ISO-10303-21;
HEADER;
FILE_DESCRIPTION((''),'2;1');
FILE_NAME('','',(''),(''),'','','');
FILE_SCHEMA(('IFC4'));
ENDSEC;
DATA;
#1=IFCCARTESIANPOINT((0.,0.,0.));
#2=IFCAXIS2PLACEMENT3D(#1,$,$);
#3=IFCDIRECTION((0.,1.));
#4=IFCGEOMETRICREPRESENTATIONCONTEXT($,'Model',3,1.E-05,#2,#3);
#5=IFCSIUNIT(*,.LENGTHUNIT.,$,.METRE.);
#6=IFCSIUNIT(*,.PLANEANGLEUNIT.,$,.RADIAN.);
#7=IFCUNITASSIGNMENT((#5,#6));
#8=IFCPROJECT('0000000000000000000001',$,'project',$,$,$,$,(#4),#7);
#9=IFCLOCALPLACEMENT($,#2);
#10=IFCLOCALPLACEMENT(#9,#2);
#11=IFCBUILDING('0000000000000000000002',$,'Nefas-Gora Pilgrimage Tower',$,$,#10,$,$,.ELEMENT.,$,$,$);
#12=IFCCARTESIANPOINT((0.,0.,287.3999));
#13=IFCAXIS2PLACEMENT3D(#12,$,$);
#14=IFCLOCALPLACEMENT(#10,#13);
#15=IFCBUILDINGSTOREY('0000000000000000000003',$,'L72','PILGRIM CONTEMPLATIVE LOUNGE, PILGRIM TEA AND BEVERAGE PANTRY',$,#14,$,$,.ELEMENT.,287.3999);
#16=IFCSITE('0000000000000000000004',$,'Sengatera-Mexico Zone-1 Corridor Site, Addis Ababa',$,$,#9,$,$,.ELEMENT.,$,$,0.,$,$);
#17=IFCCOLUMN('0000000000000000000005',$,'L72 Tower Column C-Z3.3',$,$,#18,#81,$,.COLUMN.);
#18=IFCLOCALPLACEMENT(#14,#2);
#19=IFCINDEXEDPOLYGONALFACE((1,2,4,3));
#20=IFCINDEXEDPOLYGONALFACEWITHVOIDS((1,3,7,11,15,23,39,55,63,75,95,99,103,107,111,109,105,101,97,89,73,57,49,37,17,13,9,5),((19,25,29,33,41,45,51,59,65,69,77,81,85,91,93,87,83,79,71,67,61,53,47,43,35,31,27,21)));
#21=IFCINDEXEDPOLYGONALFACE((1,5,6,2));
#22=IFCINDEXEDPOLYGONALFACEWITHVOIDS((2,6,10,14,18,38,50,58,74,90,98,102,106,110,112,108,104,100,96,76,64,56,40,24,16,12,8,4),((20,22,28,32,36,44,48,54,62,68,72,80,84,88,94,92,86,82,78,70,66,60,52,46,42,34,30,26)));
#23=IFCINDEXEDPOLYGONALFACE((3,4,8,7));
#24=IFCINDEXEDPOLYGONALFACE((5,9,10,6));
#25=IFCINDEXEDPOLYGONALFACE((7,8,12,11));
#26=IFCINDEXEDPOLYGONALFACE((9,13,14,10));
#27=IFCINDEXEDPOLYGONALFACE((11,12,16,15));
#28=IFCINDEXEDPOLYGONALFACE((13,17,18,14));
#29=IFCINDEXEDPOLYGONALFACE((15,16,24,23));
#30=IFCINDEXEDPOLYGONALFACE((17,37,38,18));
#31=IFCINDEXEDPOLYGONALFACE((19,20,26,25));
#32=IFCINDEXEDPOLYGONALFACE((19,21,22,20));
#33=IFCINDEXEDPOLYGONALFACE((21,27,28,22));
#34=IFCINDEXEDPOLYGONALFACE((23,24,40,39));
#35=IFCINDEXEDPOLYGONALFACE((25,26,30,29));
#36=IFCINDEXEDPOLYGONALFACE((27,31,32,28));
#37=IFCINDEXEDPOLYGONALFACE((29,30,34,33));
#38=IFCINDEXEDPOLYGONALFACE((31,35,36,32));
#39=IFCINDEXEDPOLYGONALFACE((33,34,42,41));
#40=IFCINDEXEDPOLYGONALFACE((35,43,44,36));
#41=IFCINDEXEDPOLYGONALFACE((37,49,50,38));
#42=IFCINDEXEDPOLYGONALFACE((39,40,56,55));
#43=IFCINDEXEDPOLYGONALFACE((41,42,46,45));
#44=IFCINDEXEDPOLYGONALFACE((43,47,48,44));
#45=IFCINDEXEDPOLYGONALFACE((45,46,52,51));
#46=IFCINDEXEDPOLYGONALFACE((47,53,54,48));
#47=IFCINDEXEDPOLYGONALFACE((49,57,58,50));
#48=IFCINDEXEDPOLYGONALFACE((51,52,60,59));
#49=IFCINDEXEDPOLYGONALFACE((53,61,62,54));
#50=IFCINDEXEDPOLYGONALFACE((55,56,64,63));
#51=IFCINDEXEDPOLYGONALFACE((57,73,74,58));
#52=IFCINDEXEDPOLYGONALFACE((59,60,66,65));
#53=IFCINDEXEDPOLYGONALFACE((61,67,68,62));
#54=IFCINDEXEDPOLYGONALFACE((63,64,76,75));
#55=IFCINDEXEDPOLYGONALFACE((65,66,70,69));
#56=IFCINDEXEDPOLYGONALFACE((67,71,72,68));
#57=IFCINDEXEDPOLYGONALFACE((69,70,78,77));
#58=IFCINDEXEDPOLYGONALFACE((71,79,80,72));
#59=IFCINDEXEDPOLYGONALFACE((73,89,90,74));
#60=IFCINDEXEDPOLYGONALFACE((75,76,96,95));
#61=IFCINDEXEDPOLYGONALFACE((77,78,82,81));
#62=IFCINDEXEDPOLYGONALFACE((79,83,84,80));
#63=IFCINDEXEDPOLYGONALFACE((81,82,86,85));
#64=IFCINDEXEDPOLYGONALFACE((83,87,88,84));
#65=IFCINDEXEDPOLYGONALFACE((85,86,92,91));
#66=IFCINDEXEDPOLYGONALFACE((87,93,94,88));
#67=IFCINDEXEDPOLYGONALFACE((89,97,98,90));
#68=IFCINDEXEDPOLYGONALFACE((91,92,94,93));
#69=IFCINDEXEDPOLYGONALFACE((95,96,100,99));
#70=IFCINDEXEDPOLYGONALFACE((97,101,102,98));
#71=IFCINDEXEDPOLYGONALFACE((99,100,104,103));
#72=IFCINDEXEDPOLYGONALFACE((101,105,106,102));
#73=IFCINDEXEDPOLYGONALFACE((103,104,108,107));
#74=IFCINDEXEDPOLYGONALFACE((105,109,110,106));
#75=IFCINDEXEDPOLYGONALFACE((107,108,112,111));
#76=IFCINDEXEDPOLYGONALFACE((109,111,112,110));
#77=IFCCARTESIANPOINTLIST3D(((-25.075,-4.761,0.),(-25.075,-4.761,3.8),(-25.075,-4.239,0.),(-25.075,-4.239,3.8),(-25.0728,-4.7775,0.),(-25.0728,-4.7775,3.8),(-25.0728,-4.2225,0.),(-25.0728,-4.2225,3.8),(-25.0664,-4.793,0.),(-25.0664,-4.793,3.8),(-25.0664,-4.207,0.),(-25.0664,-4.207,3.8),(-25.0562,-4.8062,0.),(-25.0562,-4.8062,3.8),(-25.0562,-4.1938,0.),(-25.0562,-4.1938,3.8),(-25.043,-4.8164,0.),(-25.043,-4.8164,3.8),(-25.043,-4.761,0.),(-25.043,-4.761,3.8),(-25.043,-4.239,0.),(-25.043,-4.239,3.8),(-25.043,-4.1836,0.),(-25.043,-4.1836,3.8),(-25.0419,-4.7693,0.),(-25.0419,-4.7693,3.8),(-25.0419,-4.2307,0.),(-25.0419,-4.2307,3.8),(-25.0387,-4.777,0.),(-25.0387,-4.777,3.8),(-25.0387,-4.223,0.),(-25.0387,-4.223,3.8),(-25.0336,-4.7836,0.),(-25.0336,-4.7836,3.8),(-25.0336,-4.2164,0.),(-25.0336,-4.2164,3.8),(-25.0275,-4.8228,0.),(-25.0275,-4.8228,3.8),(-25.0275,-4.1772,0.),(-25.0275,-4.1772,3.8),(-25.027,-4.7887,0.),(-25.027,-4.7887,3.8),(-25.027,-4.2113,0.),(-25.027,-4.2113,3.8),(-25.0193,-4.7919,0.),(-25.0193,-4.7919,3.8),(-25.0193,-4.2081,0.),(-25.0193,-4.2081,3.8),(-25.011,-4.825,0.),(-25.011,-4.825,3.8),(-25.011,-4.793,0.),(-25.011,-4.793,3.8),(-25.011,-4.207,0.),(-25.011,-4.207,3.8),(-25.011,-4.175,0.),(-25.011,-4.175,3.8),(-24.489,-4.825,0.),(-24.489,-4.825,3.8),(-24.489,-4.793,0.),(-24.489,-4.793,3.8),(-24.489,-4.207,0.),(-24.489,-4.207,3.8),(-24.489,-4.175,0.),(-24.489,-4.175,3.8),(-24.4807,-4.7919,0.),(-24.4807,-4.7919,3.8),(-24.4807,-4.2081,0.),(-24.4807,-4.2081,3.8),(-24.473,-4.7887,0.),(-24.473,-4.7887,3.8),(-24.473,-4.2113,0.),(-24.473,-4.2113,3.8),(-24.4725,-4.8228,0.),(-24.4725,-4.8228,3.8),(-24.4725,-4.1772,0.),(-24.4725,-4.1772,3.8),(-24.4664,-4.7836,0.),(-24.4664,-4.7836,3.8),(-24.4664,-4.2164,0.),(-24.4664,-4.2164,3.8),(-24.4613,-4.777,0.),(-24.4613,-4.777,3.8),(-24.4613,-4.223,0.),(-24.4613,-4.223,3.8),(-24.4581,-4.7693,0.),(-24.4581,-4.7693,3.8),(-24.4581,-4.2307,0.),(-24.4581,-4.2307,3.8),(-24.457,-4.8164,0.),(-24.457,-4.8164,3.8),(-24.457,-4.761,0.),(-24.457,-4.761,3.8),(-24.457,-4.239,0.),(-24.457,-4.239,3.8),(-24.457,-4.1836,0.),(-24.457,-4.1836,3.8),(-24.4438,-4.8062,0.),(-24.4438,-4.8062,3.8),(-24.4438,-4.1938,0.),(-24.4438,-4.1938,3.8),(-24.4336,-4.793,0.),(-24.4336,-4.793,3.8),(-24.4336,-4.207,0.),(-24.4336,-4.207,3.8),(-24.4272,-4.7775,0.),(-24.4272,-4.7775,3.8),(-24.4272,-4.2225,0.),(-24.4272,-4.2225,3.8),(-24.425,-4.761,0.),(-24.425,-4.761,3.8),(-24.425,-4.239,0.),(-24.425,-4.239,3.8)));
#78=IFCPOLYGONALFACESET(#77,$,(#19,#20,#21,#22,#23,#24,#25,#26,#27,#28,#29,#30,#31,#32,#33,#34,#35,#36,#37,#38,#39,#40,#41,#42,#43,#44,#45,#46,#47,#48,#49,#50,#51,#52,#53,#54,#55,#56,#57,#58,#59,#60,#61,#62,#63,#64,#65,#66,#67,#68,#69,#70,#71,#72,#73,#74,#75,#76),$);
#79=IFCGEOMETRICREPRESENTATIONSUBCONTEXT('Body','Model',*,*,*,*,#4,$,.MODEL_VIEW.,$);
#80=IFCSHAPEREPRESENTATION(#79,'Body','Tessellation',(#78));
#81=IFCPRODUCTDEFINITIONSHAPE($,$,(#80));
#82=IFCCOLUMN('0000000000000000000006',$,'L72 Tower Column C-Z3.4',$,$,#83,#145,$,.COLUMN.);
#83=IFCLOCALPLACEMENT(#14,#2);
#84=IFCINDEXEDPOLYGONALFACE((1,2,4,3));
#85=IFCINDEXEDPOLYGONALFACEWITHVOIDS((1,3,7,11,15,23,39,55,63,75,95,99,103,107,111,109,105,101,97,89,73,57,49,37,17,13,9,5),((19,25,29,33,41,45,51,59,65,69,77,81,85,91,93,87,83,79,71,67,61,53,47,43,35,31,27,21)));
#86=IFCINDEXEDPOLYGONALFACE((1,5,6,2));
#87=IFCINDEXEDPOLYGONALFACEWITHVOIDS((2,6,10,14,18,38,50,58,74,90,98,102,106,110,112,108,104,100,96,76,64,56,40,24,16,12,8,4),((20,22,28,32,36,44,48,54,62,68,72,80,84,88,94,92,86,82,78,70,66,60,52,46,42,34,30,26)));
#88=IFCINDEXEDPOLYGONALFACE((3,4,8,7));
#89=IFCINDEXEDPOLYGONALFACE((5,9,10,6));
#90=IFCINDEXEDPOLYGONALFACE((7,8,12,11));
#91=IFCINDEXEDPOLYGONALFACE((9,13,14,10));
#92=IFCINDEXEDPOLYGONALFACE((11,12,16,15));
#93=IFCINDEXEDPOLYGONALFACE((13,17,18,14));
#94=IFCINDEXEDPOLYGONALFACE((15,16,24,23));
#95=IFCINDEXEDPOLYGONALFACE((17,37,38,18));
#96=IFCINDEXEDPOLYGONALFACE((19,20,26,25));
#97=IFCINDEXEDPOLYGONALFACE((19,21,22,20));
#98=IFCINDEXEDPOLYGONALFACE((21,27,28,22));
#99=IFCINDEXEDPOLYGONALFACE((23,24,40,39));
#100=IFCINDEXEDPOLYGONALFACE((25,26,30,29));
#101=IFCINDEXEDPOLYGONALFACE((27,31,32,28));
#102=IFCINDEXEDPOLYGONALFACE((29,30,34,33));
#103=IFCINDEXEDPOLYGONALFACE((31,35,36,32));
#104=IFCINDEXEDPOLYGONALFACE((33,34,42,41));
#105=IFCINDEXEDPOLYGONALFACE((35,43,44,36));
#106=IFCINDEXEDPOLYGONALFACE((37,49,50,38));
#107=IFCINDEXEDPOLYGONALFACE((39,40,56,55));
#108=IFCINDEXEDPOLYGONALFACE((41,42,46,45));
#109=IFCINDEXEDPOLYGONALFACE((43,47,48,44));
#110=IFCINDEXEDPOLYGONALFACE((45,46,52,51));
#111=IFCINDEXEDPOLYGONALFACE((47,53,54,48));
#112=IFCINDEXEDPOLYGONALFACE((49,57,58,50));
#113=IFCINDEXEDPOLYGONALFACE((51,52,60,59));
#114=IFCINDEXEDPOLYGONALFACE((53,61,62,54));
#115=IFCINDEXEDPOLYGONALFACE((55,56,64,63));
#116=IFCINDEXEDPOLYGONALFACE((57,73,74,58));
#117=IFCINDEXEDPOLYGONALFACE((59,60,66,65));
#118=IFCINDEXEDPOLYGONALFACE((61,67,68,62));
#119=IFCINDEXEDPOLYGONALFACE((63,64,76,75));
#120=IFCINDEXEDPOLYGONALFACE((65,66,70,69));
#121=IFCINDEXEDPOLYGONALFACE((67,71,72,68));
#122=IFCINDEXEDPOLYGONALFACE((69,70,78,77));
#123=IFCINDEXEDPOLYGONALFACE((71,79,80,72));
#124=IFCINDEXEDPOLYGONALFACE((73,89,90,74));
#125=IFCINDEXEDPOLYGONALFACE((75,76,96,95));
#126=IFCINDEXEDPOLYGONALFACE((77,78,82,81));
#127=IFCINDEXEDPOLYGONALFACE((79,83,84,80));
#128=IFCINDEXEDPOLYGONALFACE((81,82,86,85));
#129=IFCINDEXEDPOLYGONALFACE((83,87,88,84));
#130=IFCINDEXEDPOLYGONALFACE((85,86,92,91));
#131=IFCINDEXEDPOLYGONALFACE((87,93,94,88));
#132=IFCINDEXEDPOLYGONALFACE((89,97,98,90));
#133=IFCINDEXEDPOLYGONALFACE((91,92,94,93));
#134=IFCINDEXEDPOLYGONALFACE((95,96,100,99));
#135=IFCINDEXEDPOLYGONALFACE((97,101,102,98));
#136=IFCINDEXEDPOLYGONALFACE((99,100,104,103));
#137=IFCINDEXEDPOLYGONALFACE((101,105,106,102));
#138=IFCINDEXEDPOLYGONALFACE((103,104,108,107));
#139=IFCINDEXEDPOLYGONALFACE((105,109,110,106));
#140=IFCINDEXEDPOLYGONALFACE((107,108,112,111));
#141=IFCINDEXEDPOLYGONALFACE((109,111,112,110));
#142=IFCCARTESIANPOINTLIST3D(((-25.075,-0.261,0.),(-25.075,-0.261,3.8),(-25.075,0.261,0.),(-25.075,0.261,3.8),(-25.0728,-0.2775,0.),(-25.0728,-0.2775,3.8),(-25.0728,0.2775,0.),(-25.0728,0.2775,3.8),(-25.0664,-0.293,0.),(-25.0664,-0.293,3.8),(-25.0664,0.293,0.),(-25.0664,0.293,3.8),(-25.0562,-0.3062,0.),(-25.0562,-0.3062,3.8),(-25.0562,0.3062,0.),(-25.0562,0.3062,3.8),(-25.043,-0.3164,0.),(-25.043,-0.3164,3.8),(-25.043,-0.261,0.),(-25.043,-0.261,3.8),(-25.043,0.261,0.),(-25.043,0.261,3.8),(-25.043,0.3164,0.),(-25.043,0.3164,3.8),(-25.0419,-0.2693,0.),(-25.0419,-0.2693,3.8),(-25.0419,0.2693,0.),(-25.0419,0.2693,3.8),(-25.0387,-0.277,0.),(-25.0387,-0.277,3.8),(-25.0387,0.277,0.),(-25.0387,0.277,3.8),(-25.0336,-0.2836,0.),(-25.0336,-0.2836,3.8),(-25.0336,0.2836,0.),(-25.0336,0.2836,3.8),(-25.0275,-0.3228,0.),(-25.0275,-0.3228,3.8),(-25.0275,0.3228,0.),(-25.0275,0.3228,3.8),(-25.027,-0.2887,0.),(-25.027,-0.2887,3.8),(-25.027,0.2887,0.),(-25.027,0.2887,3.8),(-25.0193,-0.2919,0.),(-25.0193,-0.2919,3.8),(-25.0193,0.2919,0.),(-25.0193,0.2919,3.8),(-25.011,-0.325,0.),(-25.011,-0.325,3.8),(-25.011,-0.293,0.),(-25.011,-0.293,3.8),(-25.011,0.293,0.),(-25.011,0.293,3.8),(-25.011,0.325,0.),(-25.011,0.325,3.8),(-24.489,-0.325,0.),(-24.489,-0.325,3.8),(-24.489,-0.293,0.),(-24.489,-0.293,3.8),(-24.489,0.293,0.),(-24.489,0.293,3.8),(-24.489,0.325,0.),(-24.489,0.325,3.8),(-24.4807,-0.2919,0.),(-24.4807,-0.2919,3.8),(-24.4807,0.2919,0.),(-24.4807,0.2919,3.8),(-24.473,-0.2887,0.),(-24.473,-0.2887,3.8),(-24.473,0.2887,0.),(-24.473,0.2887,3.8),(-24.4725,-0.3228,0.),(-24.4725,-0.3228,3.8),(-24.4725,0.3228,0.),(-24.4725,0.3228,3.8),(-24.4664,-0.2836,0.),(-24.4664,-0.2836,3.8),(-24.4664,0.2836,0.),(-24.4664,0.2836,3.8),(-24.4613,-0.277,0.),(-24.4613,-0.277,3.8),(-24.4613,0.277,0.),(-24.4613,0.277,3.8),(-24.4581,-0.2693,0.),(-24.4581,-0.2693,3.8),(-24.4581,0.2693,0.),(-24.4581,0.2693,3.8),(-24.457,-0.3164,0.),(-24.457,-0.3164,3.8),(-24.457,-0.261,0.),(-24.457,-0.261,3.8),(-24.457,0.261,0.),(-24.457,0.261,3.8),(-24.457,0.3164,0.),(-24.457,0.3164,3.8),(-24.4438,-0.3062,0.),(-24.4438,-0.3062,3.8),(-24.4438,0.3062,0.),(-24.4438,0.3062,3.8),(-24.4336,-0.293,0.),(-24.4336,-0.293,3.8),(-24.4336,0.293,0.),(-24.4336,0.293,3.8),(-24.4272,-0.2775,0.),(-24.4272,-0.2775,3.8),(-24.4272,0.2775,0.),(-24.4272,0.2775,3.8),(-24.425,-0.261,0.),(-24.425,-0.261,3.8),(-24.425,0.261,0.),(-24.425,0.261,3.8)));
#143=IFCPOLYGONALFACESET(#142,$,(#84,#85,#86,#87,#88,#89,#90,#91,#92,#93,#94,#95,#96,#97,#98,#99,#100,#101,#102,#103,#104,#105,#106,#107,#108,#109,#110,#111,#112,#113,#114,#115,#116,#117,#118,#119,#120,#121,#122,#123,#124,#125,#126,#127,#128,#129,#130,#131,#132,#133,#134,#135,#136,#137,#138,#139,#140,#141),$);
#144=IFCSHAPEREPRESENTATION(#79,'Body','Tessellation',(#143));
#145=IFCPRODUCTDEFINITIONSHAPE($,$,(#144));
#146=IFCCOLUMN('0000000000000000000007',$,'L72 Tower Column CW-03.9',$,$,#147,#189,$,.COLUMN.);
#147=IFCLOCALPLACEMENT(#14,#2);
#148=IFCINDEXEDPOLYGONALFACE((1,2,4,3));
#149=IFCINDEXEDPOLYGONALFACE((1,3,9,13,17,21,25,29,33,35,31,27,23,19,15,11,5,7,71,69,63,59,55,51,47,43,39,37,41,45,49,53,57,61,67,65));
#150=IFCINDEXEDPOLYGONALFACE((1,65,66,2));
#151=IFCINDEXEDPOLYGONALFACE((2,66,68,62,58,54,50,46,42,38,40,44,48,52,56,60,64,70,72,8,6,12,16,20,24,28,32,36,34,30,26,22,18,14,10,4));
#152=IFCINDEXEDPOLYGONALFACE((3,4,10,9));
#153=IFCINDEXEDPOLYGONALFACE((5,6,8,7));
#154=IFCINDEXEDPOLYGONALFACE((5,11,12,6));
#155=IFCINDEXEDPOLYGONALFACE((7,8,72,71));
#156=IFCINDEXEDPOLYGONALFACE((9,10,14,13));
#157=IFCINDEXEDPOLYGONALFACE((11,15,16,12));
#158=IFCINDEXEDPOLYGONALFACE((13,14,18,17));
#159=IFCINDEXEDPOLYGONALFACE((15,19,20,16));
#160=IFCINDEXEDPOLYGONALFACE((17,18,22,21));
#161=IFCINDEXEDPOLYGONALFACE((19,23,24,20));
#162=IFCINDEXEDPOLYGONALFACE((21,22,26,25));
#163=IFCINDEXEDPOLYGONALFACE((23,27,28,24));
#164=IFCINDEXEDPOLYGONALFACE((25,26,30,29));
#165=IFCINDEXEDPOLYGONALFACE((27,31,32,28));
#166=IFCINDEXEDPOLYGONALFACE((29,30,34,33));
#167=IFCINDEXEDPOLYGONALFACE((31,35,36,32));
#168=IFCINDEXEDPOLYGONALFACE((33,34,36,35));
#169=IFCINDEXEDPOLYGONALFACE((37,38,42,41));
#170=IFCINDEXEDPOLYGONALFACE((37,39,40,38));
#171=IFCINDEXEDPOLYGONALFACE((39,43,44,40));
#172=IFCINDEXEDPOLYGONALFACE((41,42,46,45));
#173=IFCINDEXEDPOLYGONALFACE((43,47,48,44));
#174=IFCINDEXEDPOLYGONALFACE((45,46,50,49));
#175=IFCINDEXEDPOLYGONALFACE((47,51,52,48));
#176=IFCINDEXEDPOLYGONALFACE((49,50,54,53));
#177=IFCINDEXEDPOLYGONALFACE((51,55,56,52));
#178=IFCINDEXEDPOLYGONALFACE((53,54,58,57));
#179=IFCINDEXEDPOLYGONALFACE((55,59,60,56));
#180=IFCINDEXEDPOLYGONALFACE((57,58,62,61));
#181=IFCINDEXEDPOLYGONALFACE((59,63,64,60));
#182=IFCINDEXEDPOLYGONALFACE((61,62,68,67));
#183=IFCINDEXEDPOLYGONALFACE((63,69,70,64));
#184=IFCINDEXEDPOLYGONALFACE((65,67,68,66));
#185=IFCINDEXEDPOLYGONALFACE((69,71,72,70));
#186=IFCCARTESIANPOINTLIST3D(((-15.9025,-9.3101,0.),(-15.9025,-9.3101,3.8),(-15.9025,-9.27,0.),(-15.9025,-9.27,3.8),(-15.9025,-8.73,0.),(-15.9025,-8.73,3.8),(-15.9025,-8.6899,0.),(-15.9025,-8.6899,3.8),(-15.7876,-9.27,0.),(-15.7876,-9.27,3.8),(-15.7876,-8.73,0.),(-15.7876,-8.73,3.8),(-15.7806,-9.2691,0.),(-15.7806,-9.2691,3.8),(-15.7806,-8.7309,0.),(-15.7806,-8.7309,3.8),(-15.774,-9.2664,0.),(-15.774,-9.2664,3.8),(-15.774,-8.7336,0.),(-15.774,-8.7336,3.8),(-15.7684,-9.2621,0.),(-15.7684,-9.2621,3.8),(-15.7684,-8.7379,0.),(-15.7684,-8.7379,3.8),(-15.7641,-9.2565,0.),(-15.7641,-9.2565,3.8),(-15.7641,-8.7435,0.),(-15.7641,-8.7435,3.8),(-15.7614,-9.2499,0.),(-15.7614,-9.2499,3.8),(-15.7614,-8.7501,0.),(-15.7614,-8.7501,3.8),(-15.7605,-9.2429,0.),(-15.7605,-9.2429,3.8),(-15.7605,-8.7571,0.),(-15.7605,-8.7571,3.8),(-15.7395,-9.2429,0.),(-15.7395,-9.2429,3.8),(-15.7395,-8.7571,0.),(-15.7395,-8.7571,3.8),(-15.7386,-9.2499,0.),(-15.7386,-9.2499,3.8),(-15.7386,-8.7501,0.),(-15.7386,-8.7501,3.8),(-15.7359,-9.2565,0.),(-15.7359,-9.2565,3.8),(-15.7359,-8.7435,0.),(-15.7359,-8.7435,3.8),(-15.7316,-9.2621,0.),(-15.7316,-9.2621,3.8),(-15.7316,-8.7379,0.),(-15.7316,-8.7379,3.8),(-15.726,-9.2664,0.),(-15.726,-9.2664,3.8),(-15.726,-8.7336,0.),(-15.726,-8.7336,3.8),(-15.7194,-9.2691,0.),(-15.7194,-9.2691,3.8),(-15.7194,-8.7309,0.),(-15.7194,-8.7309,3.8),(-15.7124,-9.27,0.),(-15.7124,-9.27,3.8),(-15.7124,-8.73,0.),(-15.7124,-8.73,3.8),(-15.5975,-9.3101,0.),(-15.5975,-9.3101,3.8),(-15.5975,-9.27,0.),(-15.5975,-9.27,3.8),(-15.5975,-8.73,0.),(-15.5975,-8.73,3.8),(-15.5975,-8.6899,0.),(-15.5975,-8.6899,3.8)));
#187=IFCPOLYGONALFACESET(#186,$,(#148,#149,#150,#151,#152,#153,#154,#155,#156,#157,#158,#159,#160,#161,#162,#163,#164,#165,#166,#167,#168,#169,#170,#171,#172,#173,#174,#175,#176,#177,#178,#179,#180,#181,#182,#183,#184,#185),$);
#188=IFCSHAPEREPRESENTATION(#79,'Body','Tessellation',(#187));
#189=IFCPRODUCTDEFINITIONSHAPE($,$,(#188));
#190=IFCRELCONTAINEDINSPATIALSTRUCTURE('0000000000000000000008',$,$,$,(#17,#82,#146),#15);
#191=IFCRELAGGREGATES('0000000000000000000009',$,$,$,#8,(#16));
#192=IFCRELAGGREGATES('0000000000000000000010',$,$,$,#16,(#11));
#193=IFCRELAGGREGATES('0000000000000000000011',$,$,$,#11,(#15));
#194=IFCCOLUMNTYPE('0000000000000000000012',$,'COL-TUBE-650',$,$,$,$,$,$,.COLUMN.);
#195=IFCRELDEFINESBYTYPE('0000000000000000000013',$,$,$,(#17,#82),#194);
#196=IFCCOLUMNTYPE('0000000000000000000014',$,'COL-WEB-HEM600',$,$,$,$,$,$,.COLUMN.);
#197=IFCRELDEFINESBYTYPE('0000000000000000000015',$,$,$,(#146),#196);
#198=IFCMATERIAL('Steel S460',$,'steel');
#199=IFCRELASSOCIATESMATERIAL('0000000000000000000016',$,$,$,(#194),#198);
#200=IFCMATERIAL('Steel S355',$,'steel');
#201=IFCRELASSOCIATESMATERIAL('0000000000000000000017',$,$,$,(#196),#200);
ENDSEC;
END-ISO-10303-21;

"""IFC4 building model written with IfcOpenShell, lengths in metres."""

from ifc_helpers import new_model, si_unit, direction, frame, origin, origin_2d, place, context, subcontext, project, spatial, hollow_rectangle, i_section, extrude, source, transform, mapped, material, material_profile, profile_set, type_object, element, save


model = new_model("IFC4")

# Units and contexts
model_context = context("Model", 3, precision=1e-05, world=origin(), true_north=direction((0.0, 1.0)))
body_context = subcontext(model_context, "Body", "Model", "MODEL_VIEW")
ifc_project = project(units=[si_unit("LENGTHUNIT", "METRE"), si_unit("PLANEANGLEUNIT", "RADIAN")], contexts=[model_context])

# Site, building, storey
site_placement = place(None, origin())
site = spatial("IfcSite", under=ifc_project, at=site_placement, Name="Sengatera-Mexico Zone-1 Corridor Site, Addis Ababa", CompositionType="ELEMENT", RefElevation=0.0)
building_placement = place(site_placement, origin())
building = spatial("IfcBuilding", under=site, at=building_placement, Name="Nefas-Gora Pilgrimage Tower", CompositionType="ELEMENT")
storey_placement = place(building_placement, frame((0.0, 0.0, 287.3999)))
storey = spatial("IfcBuildingStorey", under=building, at=storey_placement, Name="L72", Description="PILGRIM CONTEMPLATIVE LOUNGE, PILGRIM TEA AND BEVERAGE PANTRY", CompositionType="ELEMENT", Elevation=287.3999)

# Columns
ifc_material_1 = material(Name="Steel S460", Category="steel")
ifc_material_profile_1 = material_profile(ifc_material_1, hollow_rectangle(XDim=0.6499, YDim=0.6499, WallThickness=0.032, InnerFilletRadius=0.032, OuterFilletRadius=0.064, at=origin_2d()), Name="BOX 650x650x32")
ifc_profile_set_1 = profile_set([ifc_material_profile_1], Name="Steel S460")
column_type_1 = type_object("IfcColumnType", Name="COL-TUBE-650", PredefinedType="COLUMN", material=ifc_profile_set_1)
shared_shape_1 = source(origin(), body_context, "Body", "SweptSolid", [
    extrude(hollow_rectangle(XDim=0.6499, YDim=0.6499, WallThickness=0.032, InnerFilletRadius=0.032, OuterFilletRadius=0.064, at=origin_2d()), origin(), (0.0, 0.0, 1.0), 3.8),
])
for number, where, z_axis, x_axis, name in (
    (1, (-24.75, -4.5, 0.0), (0.0, 0.0, 1.0), (1.0, 0.0, 0.0), "L72 Tower Column C-Z3.3"),
    (2, (-24.75, 0.0, 0.0), (0.0, 0.0, 1.0), (1.0, 0.0, 0.0), "L72 Tower Column C-Z3.4"),
):
    element("IfcColumn", number, at=place(storey_placement, frame(where, z_axis=z_axis, x_axis=x_axis)), inside=storey, type_object=column_type_1, Name=name, PredefinedType="COLUMN", context=body_context, shape_type="MappedRepresentation", body=[
        mapped(shared_shape_1, transform((0.0, 0.0, 0.0), x_axis=(1.0, 0.0, 0.0), y_axis=(0.0, 1.0, 0.0), z_axis=(0.0, 0.0, 1.0), scale=1.0)),
    ])
ifc_material_2 = material(Name="Steel S355", Category="steel")
ifc_material_profile_2 = material_profile(ifc_material_2, i_section(OverallWidth=0.3049, OverallDepth=0.6201, WebThickness=0.021, FlangeThickness=0.04, FilletRadius=0.0271, at=origin_2d()), Name="HEM 600")
ifc_profile_set_2 = profile_set([ifc_material_profile_2], Name="Steel S355")
column_type_2 = type_object("IfcColumnType", Name="COL-WEB-HEM600", PredefinedType="COLUMN", material=ifc_profile_set_2)
shared_shape_2 = source(origin(), body_context, "Body", "SweptSolid", [
    extrude(i_section(OverallWidth=0.3049, OverallDepth=0.6201, WebThickness=0.021, FlangeThickness=0.04, FilletRadius=0.0271, at=origin_2d()), origin(), (0.0, 0.0, 1.0), 3.8),
])
for number, where, z_axis, x_axis, name in (
    (3, (-15.75, -9.0, 0.0), (0.0, 0.0, 1.0), (1.0, 0.0, 0.0), "L72 Tower Column CW-03.9"),
):
    element("IfcColumn", number, at=place(storey_placement, frame(where, z_axis=z_axis, x_axis=x_axis)), inside=storey, type_object=column_type_2, Name=name, PredefinedType="COLUMN", context=body_context, shape_type="MappedRepresentation", body=[
        mapped(shared_shape_2, transform((0.0, 0.0, 0.0), x_axis=(1.0, 0.0, 0.0), y_axis=(0.0, 1.0, 0.0), z_axis=(0.0, 0.0, 1.0), scale=1.0)),
    ])

save(model, "model.ifc")
